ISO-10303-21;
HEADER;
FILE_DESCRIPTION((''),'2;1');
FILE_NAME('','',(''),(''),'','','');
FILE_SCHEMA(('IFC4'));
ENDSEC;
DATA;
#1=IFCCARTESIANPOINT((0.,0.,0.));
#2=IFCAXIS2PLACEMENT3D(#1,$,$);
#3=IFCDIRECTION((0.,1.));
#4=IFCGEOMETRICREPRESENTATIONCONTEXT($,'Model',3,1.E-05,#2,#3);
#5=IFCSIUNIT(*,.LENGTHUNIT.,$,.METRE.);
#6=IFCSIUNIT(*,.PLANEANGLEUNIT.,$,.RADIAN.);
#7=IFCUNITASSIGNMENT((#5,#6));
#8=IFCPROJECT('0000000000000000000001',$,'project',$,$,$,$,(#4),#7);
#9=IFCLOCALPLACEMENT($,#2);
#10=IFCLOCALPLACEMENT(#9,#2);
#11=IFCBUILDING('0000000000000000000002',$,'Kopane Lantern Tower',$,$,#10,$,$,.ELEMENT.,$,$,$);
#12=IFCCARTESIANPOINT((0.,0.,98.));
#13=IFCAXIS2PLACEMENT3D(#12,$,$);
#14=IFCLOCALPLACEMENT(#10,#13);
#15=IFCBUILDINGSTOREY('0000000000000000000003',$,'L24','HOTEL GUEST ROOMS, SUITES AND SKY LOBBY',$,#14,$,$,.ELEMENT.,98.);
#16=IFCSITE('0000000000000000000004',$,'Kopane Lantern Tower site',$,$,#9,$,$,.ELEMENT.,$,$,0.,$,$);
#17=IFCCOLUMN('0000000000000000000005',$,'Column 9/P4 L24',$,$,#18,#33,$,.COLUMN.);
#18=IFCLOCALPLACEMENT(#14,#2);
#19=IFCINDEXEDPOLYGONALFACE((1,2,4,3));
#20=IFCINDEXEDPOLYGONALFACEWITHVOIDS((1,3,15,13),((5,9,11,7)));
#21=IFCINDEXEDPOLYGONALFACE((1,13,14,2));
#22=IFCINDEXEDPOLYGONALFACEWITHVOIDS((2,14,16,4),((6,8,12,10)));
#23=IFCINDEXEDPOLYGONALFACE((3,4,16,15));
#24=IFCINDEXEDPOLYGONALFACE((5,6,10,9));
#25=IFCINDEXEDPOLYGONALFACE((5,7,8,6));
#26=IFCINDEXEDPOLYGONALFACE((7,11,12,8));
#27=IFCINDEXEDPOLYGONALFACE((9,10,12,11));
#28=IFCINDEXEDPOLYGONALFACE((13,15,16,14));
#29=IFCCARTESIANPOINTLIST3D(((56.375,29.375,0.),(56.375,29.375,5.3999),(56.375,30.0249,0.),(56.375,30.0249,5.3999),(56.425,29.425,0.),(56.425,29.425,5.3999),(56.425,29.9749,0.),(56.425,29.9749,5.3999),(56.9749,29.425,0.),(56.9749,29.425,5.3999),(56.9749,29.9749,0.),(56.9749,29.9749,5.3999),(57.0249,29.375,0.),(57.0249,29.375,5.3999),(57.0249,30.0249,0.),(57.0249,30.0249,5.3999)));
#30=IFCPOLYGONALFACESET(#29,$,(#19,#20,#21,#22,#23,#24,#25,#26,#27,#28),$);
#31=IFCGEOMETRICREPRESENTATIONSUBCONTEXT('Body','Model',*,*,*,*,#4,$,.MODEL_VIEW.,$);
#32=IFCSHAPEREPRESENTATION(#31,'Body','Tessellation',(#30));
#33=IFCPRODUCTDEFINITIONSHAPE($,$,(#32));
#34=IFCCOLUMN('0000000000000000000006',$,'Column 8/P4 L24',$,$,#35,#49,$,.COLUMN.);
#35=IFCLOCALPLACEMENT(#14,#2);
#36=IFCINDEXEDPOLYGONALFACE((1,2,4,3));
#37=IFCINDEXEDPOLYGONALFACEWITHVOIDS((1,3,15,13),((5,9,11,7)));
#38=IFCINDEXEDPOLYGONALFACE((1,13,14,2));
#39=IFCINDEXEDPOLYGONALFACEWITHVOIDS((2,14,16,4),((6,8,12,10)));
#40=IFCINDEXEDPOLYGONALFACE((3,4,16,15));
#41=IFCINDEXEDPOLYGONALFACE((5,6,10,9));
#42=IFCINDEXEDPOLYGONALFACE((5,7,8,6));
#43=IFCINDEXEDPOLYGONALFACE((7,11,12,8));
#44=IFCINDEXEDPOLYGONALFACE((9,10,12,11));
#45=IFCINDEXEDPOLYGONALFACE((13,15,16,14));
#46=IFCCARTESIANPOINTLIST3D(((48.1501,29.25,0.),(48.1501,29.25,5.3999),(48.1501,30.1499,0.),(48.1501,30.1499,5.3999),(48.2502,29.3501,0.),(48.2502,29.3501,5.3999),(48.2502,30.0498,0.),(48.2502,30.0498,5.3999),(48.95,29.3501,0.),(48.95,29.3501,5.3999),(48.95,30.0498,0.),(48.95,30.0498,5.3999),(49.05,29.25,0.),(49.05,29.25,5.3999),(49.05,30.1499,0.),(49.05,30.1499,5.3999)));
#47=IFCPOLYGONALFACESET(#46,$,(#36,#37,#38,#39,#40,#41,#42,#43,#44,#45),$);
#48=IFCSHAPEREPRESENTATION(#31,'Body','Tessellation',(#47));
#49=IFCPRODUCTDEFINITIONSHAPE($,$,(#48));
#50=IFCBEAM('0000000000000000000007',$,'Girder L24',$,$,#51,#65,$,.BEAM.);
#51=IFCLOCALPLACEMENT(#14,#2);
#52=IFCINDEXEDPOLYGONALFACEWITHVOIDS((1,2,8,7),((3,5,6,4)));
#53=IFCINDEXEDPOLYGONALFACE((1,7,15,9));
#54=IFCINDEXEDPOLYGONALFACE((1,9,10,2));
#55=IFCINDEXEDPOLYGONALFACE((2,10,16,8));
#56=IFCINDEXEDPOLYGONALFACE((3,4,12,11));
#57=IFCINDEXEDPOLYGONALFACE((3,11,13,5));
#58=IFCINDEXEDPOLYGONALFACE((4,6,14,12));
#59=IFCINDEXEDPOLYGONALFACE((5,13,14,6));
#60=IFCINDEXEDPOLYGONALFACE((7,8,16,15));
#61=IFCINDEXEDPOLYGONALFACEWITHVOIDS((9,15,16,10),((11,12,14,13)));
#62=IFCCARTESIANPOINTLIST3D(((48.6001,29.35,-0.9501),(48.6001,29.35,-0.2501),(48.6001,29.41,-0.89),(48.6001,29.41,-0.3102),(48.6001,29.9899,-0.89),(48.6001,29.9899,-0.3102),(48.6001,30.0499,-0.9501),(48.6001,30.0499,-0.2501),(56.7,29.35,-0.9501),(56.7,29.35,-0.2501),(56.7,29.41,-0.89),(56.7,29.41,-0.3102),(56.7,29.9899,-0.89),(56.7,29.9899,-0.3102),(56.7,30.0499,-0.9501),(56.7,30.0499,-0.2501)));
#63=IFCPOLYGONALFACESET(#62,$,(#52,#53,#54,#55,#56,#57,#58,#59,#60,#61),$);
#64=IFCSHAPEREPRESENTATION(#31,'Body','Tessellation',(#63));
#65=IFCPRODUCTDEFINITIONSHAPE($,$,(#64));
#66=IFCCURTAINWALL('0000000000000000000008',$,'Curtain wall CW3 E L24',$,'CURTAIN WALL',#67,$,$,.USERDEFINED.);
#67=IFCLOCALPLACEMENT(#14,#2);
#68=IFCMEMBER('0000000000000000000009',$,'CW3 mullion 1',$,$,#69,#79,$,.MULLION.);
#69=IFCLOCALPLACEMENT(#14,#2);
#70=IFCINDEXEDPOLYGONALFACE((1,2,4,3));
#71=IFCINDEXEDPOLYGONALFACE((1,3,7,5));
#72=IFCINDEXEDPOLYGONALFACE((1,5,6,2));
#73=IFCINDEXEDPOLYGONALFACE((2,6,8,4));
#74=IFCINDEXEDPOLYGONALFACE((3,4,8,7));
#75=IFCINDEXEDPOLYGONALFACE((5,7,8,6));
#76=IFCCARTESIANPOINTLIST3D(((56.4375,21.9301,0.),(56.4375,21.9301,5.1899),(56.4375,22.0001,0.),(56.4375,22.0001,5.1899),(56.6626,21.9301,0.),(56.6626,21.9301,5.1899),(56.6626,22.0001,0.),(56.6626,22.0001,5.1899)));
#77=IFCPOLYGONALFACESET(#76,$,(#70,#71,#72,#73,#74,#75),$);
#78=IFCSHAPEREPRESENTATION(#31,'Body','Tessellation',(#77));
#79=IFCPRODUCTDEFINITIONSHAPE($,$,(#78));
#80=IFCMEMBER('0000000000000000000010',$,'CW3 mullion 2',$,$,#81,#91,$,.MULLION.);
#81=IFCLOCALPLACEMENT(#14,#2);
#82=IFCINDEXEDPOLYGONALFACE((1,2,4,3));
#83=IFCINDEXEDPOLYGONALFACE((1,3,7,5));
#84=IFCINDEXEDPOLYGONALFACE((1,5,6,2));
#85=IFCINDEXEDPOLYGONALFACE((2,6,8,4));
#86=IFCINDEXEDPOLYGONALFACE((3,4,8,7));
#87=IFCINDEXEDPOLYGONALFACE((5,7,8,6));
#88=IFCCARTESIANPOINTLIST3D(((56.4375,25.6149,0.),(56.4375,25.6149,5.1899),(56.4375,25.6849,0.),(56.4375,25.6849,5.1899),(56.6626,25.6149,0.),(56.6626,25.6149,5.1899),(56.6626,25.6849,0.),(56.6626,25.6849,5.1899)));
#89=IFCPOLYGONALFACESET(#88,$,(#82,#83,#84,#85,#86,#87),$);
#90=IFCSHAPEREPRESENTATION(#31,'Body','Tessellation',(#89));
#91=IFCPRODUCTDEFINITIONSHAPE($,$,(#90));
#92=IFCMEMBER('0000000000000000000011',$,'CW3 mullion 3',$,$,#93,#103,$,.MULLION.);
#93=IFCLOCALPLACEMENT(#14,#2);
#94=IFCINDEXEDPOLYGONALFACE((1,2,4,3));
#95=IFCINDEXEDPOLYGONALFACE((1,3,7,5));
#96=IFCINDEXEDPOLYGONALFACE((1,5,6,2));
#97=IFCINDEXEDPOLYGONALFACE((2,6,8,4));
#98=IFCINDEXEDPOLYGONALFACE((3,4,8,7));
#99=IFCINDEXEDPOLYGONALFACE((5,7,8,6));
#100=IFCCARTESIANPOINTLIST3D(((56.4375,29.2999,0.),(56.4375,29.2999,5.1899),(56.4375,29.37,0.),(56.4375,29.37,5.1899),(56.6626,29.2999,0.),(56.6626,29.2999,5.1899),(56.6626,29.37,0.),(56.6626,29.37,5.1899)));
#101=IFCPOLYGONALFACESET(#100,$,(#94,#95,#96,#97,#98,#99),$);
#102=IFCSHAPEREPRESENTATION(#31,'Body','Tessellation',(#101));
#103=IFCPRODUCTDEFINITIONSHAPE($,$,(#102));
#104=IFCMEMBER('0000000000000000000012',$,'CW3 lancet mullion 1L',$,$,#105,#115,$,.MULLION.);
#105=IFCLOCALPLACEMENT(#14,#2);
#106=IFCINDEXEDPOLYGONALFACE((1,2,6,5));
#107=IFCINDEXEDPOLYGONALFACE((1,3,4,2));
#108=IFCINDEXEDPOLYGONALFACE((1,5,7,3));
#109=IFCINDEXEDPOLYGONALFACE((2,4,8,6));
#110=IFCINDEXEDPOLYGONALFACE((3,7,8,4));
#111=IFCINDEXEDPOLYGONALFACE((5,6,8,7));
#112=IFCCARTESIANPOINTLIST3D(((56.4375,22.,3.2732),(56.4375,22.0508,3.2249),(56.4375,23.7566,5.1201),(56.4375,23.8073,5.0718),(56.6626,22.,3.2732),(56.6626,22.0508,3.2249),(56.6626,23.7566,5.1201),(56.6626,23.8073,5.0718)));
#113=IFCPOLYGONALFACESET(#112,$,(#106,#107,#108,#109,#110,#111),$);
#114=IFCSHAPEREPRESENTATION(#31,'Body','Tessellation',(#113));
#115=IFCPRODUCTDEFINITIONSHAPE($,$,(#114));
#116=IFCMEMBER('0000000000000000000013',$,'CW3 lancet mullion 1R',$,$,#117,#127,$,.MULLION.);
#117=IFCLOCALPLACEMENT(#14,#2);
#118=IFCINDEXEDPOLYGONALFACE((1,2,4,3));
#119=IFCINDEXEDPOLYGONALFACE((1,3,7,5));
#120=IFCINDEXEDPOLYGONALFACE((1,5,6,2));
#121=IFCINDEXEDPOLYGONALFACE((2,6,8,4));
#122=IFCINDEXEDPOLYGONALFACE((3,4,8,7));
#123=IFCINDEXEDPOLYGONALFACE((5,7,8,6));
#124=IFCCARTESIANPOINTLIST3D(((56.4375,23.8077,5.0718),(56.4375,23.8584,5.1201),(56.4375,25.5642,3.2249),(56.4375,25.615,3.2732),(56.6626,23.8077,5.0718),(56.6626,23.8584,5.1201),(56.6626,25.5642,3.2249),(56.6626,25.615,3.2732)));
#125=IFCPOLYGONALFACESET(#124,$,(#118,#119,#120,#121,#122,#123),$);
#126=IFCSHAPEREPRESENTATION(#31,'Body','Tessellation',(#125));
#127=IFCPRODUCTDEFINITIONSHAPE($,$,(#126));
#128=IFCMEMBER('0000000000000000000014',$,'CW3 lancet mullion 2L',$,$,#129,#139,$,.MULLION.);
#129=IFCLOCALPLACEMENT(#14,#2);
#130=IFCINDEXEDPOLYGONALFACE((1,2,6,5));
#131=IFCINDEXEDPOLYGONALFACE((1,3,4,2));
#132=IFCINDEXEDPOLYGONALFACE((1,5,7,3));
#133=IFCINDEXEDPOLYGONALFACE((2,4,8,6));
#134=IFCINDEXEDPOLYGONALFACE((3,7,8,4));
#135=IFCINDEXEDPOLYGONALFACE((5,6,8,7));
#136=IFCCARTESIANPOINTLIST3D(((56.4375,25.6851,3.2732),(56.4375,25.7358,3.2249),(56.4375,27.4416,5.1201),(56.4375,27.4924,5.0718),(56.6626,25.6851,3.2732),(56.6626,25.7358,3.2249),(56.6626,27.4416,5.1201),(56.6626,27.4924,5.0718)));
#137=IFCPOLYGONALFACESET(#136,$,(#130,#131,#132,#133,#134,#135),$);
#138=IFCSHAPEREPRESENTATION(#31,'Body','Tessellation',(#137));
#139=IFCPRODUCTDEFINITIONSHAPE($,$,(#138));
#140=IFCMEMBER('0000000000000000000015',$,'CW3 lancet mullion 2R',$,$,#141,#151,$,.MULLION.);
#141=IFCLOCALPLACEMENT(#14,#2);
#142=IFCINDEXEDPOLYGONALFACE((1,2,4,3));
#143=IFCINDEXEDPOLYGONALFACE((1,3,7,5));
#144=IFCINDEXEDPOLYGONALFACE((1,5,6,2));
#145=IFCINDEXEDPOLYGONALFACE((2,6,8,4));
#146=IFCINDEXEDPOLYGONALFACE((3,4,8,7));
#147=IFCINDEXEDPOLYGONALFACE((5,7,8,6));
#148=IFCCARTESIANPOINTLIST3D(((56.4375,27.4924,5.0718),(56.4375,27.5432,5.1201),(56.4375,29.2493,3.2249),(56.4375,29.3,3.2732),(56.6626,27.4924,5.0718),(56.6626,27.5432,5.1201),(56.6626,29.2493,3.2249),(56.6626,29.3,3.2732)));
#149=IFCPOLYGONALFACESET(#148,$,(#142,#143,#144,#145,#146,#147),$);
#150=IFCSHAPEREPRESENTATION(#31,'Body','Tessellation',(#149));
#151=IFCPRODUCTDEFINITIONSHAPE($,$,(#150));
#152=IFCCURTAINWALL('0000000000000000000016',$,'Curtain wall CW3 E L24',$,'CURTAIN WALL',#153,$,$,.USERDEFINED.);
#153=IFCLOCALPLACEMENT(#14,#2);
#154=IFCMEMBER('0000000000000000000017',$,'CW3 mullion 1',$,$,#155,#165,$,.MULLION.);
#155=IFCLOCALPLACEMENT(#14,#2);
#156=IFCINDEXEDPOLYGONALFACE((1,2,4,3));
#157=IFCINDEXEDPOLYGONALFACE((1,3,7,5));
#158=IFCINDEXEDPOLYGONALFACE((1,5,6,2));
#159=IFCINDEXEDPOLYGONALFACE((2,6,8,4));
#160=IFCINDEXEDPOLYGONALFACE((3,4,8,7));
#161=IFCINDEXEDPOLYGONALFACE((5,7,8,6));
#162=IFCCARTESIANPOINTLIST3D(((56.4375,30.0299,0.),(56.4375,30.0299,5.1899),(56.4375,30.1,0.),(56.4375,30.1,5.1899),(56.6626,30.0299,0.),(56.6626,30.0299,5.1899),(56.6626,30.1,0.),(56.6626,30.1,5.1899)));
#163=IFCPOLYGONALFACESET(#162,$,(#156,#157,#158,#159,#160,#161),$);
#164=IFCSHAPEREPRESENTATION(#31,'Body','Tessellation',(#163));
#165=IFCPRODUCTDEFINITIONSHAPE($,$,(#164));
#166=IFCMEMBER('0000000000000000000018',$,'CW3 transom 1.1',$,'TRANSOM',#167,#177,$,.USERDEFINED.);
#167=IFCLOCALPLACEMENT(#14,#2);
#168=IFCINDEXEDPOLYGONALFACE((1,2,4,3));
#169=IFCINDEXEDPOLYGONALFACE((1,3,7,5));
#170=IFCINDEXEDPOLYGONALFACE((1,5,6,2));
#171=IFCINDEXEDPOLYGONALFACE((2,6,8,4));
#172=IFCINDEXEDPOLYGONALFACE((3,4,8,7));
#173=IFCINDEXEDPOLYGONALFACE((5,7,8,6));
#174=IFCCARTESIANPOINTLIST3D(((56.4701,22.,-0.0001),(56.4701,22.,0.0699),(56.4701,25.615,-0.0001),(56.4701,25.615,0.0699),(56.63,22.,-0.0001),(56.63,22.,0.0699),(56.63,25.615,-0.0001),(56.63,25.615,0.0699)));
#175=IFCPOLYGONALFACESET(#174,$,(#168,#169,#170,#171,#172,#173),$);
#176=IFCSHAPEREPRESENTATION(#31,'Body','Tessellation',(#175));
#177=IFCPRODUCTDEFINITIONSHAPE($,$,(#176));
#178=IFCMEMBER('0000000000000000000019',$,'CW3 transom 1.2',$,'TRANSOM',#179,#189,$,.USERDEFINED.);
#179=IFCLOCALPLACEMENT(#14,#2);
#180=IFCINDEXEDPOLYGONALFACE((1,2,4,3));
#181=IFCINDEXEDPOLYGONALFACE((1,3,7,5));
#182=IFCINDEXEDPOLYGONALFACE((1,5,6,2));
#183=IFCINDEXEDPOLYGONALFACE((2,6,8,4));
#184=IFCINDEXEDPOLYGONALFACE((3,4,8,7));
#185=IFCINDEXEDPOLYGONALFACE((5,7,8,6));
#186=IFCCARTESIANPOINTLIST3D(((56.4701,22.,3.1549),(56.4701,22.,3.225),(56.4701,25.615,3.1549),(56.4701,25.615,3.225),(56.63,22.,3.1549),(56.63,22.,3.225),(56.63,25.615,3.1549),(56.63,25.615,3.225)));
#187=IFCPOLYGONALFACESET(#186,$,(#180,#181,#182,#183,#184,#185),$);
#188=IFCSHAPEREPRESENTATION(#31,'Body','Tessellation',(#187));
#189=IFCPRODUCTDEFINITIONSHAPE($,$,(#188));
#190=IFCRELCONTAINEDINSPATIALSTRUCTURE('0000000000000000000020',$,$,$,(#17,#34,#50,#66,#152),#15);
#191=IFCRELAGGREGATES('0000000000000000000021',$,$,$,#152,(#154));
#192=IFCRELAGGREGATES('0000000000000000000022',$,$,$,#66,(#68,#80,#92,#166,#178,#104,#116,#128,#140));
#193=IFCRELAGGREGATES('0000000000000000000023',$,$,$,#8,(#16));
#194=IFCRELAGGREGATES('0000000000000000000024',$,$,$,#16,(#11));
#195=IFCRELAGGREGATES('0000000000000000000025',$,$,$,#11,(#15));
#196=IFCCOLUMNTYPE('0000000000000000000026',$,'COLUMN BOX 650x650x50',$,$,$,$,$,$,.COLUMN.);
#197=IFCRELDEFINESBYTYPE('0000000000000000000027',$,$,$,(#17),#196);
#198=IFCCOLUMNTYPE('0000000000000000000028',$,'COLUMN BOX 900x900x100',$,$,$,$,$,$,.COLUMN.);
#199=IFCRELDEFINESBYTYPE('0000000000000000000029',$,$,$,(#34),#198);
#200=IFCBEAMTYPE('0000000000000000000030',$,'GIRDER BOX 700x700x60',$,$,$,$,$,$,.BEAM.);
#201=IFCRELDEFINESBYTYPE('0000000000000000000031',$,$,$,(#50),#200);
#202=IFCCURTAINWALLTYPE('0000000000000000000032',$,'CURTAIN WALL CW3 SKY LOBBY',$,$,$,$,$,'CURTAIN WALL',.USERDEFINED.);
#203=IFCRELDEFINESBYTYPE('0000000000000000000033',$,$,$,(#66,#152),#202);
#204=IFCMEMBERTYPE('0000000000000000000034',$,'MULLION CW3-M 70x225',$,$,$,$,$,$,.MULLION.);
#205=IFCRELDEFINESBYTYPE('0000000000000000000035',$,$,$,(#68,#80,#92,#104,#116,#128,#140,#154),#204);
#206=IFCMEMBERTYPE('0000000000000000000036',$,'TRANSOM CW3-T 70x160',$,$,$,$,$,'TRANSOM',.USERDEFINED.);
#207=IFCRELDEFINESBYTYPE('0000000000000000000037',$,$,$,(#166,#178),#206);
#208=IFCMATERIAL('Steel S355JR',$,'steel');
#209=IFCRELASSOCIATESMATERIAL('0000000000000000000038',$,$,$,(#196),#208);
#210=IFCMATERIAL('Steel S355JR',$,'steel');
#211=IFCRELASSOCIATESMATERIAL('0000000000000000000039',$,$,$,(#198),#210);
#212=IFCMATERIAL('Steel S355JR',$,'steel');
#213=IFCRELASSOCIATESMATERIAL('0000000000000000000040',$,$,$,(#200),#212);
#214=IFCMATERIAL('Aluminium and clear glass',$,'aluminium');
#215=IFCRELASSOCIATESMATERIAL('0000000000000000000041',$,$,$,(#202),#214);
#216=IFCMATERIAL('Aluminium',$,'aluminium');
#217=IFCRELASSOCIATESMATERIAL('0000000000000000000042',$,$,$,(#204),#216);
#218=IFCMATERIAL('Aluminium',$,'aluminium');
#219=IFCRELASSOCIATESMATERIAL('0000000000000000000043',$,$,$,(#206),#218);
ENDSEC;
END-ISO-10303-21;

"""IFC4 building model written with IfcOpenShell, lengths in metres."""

from ifc_helpers import new_model, si_unit, direction, frame, origin, origin_2d, place, context, subcontext, project, spatial, rectangle, hollow_rectangle, extrude, material, material_profile, profile_set, type_object, element, aggregate, save


model = new_model("IFC4")

# Units and contexts
model_context = context("Model", 3, precision=1e-05, world=origin(), true_north=direction((0.0, 1.0)))
body_context = subcontext(model_context, "Body", "Model", "MODEL_VIEW")
ifc_project = project(units=[si_unit("LENGTHUNIT", "METRE"), si_unit("PLANEANGLEUNIT", "RADIAN")], contexts=[model_context])

# Site, building, storey
site_placement = place(None, origin())
site = spatial("IfcSite", under=ifc_project, at=site_placement, Name="Kopane Lantern Tower site", CompositionType="ELEMENT", RefElevation=0.0)
building_placement = place(site_placement, origin())
building = spatial("IfcBuilding", under=site, at=building_placement, Name="Kopane Lantern Tower", CompositionType="ELEMENT")
storey_placement = place(building_placement, frame((0.0, 0.0, 98.0)))
storey = spatial("IfcBuildingStorey", under=building, at=storey_placement, Name="L24", Description="HOTEL GUEST ROOMS, SUITES AND SKY LOBBY", CompositionType="ELEMENT", Elevation=98.0)

# Columns
ifc_material_1 = material(Name="Steel S355JR", Category="steel")
ifc_material_profile_1 = material_profile(ifc_material_1, hollow_rectangle(XDim=0.6499, YDim=0.6499, WallThickness=0.05, at=origin_2d()), Name="BOX 650x650x50")
ifc_profile_set_1 = profile_set([ifc_material_profile_1], Name="Steel S355JR")
column_type_1 = type_object("IfcColumnType", Name="COLUMN BOX 650x650x50", PredefinedType="COLUMN", material=ifc_profile_set_1)
column_1_placement = place(storey_placement, frame((56.7, 29.7, 0.0), z_axis=(0.0, 0.0, 1.0), x_axis=(1.0, 0.0, 0.0)))
element("IfcColumn", 1, at=column_1_placement, inside=storey, type_object=column_type_1, Name="Column 9/P4 L24", PredefinedType="COLUMN", context=body_context, shape_type="SweptSolid", body=[
    extrude(hollow_rectangle(XDim=0.6499, YDim=0.6499, WallThickness=0.05, at=origin_2d()), origin(), (0.0, 0.0, 1.0), 5.3999),
])
ifc_material_2 = material(Name="Steel S355JR", Category="steel")
ifc_material_profile_2 = material_profile(ifc_material_2, hollow_rectangle(XDim=0.8999, YDim=0.8999, WallThickness=0.1001, at=origin_2d()), Name="BOX 900x900x100")
ifc_profile_set_2 = profile_set([ifc_material_profile_2], Name="Steel S355JR")
column_type_2 = type_object("IfcColumnType", Name="COLUMN BOX 900x900x100", PredefinedType="COLUMN", material=ifc_profile_set_2)
column_2_placement = place(storey_placement, frame((48.6001, 29.7, 0.0), z_axis=(0.0, 0.0, 1.0), x_axis=(1.0, 0.0, 0.0)))
element("IfcColumn", 2, at=column_2_placement, inside=storey, type_object=column_type_2, Name="Column 8/P4 L24", PredefinedType="COLUMN", context=body_context, shape_type="SweptSolid", body=[
    extrude(hollow_rectangle(XDim=0.8999, YDim=0.8999, WallThickness=0.1001, at=origin_2d()), origin(), (0.0, 0.0, 1.0), 5.3999),
])

# Beam
ifc_material_3 = material(Name="Steel S355JR", Category="steel")
ifc_material_profile_3 = material_profile(ifc_material_3, hollow_rectangle(XDim=0.7, YDim=0.7, WallThickness=0.0601, at=origin_2d()), Name="BOX 700x700x60")
ifc_profile_set_3 = profile_set([ifc_material_profile_3], Name="Steel S355JR")
beam_type = type_object("IfcBeamType", Name="GIRDER BOX 700x700x60", PredefinedType="BEAM", material=ifc_profile_set_3)
beam_placement = place(storey_placement, frame((48.6001, 29.7, -0.6001), z_axis=(1.0, 0.0, 0.0), x_axis=(0.0, 1.0, 0.0)))
element("IfcBeam", 3, at=beam_placement, inside=storey, type_object=beam_type, Name="Girder L24", PredefinedType="BEAM", context=body_context, shape_type="SweptSolid", body=[
    extrude(hollow_rectangle(XDim=0.7, YDim=0.7, WallThickness=0.0601, at=origin_2d()), origin(), (0.0, 0.0, 1.0), 8.0999),
])

# Curtain wall, members
ifc_material_4 = material(Name="Aluminium and clear glass", Category="aluminium")
curtain_wall_type = type_object("IfcCurtainWallType", Name="CURTAIN WALL CW3 SKY LOBBY", ElementType="CURTAIN WALL", PredefinedType="USERDEFINED", material=ifc_material_4)
curtain_wall_1_placement = place(storey_placement, origin())
curtain_wall_1 = element("IfcCurtainWall", 4, at=curtain_wall_1_placement, inside=storey, type_object=curtain_wall_type, Name="Curtain wall CW3 E L24", ObjectType="CURTAIN WALL", PredefinedType="USERDEFINED")
ifc_material_5 = material(Name="Aluminium", Category="aluminium")
ifc_material_profile_4 = material_profile(ifc_material_5, rectangle(XDim=0.0701, YDim=0.2251, at=origin_2d()), Name="AL 70x225")
ifc_profile_set_4 = profile_set([ifc_material_profile_4], Name="Aluminium")
member_type_1 = type_object("IfcMemberType", Name="MULLION CW3-M 70x225", PredefinedType="MULLION", material=ifc_profile_set_4)
member_1_placement = place(storey_placement, frame((56.55, 21.9651, 0.0), z_axis=(0.0, 0.0, 1.0), x_axis=(0.0, 1.0, 0.0)))
member_1 = element("IfcMember", 5, at=member_1_placement, type_object=member_type_1, Name="CW3 mullion 1", PredefinedType="MULLION", context=body_context, shape_type="SweptSolid", body=[
    extrude(rectangle(XDim=0.0701, YDim=0.2251, at=origin_2d()), origin(), (0.0, 0.0, 1.0), 5.1899),
])
member_2_placement = place(storey_placement, frame((56.55, 25.6499, 0.0), z_axis=(0.0, 0.0, 1.0), x_axis=(0.0, 1.0, 0.0)))
member_2 = element("IfcMember", 6, at=member_2_placement, type_object=member_type_1, Name="CW3 mullion 2", PredefinedType="MULLION", context=body_context, shape_type="SweptSolid", body=[
    extrude(rectangle(XDim=0.0701, YDim=0.2251, at=origin_2d()), origin(), (0.0, 0.0, 1.0), 5.1899),
])
member_3_placement = place(storey_placement, frame((56.55, 29.335, 0.0), z_axis=(0.0, 0.0, 1.0), x_axis=(0.0, 1.0, 0.0)))
member_3 = element("IfcMember", 7, at=member_3_placement, type_object=member_type_1, Name="CW3 mullion 3", PredefinedType="MULLION", context=body_context, shape_type="SweptSolid", body=[
    extrude(rectangle(XDim=0.0701, YDim=0.2251, at=origin_2d()), origin(), (0.0, 0.0, 1.0), 5.1899),
])
member_4_placement = place(storey_placement, frame((56.55, 22.0254, 3.249), z_axis=(0.0, 0.689165, 0.724605), x_axis=(0.0, -0.724605, 0.689165)))
member_4 = element("IfcMember", 8, at=member_4_placement, type_object=member_type_1, Name="CW3 lancet mullion 1L", PredefinedType="MULLION", context=body_context, shape_type="SweptSolid", body=[
    extrude(rectangle(XDim=0.0701, YDim=0.2251, at=origin_2d()), origin(), (0.0, 0.0, 1.0), 2.5488),
])
member_5_placement = place(storey_placement, frame((56.55, 25.5896, 3.249), z_axis=(0.0, -0.689165, 0.724605), x_axis=(0.0, 0.724605, 0.689165)))
member_5 = element("IfcMember", 9, at=member_5_placement, type_object=member_type_1, Name="CW3 lancet mullion 1R", PredefinedType="MULLION", context=body_context, shape_type="SweptSolid", body=[
    extrude(rectangle(XDim=0.0701, YDim=0.2251, at=origin_2d()), origin(), (0.0, 0.0, 1.0), 2.5488),
])
member_6_placement = place(storey_placement, frame((56.55, 25.7104, 3.249), z_axis=(0.0, 0.689165, 0.724605), x_axis=(0.0, -0.724605, 0.689165)))
member_6 = element("IfcMember", 10, at=member_6_placement, type_object=member_type_1, Name="CW3 lancet mullion 2L", PredefinedType="MULLION", context=body_context, shape_type="SweptSolid", body=[
    extrude(rectangle(XDim=0.0701, YDim=0.2251, at=origin_2d()), origin(), (0.0, 0.0, 1.0), 2.5488),
])
member_7_placement = place(storey_placement, frame((56.55, 29.2747, 3.249), z_axis=(0.0, -0.689215, 0.724557), x_axis=(0.0, 0.724557, 0.689215)))
member_7 = element("IfcMember", 11, at=member_7_placement, type_object=member_type_1, Name="CW3 lancet mullion 2R", PredefinedType="MULLION", context=body_context, shape_type="SweptSolid", body=[
    extrude(rectangle(XDim=0.0701, YDim=0.2251, at=origin_2d()), origin(), (0.0, 0.0, 1.0), 2.5491),
])

# Curtain wall, member
curtain_wall_2_placement = place(storey_placement, origin())
curtain_wall_2 = element("IfcCurtainWall", 12, at=curtain_wall_2_placement, inside=storey, type_object=curtain_wall_type, Name="Curtain wall CW3 E L24", ObjectType="CURTAIN WALL", PredefinedType="USERDEFINED")
member_8_placement = place(storey_placement, frame((56.55, 30.0649, 0.0), z_axis=(0.0, 0.0, 1.0), x_axis=(0.0, 1.0, 0.0)))
member_8 = element("IfcMember", 13, at=member_8_placement, type_object=member_type_1, Name="CW3 mullion 1", PredefinedType="MULLION", context=body_context, shape_type="SweptSolid", body=[
    extrude(rectangle(XDim=0.0701, YDim=0.2251, at=origin_2d()), origin(), (0.0, 0.0, 1.0), 5.1899),
])
aggregate(curtain_wall_2, [member_8])

# Members
ifc_material_6 = material(Name="Aluminium", Category="aluminium")
ifc_material_profile_5 = material_profile(ifc_material_6, rectangle(XDim=0.1599, YDim=0.0701, at=origin_2d()), Name="AL 160x70")
ifc_profile_set_5 = profile_set([ifc_material_profile_5], Name="Aluminium")
member_type_2 = type_object("IfcMemberType", Name="TRANSOM CW3-T 70x160", ElementType="TRANSOM", PredefinedType="USERDEFINED", material=ifc_profile_set_5)
member_9_placement = place(storey_placement, frame((56.55, 22.0, 0.0349), z_axis=(0.0, 1.0, 0.0), x_axis=(-1.0, 0.0, 0.0)))
member_9 = element("IfcMember", 14, at=member_9_placement, type_object=member_type_2, Name="CW3 transom 1.1", ObjectType="TRANSOM", PredefinedType="USERDEFINED", context=body_context, shape_type="SweptSolid", body=[
    extrude(rectangle(XDim=0.1599, YDim=0.0701, at=origin_2d()), origin(), (0.0, 0.0, 1.0), 3.615),
])
member_10_placement = place(storey_placement, frame((56.55, 22.0, 3.1899), z_axis=(0.0, 1.0, 0.0), x_axis=(-1.0, 0.0, 0.0)))
member_10 = element("IfcMember", 15, at=member_10_placement, type_object=member_type_2, Name="CW3 transom 1.2", ObjectType="TRANSOM", PredefinedType="USERDEFINED", context=body_context, shape_type="SweptSolid", body=[
    extrude(rectangle(XDim=0.1599, YDim=0.0701, at=origin_2d()), origin(), (0.0, 0.0, 1.0), 3.615),
])

aggregate(curtain_wall_1, [member_1, member_2, member_3, member_9, member_10, member_4, member_5, member_6, member_7])

save(model, "model.ifc")
